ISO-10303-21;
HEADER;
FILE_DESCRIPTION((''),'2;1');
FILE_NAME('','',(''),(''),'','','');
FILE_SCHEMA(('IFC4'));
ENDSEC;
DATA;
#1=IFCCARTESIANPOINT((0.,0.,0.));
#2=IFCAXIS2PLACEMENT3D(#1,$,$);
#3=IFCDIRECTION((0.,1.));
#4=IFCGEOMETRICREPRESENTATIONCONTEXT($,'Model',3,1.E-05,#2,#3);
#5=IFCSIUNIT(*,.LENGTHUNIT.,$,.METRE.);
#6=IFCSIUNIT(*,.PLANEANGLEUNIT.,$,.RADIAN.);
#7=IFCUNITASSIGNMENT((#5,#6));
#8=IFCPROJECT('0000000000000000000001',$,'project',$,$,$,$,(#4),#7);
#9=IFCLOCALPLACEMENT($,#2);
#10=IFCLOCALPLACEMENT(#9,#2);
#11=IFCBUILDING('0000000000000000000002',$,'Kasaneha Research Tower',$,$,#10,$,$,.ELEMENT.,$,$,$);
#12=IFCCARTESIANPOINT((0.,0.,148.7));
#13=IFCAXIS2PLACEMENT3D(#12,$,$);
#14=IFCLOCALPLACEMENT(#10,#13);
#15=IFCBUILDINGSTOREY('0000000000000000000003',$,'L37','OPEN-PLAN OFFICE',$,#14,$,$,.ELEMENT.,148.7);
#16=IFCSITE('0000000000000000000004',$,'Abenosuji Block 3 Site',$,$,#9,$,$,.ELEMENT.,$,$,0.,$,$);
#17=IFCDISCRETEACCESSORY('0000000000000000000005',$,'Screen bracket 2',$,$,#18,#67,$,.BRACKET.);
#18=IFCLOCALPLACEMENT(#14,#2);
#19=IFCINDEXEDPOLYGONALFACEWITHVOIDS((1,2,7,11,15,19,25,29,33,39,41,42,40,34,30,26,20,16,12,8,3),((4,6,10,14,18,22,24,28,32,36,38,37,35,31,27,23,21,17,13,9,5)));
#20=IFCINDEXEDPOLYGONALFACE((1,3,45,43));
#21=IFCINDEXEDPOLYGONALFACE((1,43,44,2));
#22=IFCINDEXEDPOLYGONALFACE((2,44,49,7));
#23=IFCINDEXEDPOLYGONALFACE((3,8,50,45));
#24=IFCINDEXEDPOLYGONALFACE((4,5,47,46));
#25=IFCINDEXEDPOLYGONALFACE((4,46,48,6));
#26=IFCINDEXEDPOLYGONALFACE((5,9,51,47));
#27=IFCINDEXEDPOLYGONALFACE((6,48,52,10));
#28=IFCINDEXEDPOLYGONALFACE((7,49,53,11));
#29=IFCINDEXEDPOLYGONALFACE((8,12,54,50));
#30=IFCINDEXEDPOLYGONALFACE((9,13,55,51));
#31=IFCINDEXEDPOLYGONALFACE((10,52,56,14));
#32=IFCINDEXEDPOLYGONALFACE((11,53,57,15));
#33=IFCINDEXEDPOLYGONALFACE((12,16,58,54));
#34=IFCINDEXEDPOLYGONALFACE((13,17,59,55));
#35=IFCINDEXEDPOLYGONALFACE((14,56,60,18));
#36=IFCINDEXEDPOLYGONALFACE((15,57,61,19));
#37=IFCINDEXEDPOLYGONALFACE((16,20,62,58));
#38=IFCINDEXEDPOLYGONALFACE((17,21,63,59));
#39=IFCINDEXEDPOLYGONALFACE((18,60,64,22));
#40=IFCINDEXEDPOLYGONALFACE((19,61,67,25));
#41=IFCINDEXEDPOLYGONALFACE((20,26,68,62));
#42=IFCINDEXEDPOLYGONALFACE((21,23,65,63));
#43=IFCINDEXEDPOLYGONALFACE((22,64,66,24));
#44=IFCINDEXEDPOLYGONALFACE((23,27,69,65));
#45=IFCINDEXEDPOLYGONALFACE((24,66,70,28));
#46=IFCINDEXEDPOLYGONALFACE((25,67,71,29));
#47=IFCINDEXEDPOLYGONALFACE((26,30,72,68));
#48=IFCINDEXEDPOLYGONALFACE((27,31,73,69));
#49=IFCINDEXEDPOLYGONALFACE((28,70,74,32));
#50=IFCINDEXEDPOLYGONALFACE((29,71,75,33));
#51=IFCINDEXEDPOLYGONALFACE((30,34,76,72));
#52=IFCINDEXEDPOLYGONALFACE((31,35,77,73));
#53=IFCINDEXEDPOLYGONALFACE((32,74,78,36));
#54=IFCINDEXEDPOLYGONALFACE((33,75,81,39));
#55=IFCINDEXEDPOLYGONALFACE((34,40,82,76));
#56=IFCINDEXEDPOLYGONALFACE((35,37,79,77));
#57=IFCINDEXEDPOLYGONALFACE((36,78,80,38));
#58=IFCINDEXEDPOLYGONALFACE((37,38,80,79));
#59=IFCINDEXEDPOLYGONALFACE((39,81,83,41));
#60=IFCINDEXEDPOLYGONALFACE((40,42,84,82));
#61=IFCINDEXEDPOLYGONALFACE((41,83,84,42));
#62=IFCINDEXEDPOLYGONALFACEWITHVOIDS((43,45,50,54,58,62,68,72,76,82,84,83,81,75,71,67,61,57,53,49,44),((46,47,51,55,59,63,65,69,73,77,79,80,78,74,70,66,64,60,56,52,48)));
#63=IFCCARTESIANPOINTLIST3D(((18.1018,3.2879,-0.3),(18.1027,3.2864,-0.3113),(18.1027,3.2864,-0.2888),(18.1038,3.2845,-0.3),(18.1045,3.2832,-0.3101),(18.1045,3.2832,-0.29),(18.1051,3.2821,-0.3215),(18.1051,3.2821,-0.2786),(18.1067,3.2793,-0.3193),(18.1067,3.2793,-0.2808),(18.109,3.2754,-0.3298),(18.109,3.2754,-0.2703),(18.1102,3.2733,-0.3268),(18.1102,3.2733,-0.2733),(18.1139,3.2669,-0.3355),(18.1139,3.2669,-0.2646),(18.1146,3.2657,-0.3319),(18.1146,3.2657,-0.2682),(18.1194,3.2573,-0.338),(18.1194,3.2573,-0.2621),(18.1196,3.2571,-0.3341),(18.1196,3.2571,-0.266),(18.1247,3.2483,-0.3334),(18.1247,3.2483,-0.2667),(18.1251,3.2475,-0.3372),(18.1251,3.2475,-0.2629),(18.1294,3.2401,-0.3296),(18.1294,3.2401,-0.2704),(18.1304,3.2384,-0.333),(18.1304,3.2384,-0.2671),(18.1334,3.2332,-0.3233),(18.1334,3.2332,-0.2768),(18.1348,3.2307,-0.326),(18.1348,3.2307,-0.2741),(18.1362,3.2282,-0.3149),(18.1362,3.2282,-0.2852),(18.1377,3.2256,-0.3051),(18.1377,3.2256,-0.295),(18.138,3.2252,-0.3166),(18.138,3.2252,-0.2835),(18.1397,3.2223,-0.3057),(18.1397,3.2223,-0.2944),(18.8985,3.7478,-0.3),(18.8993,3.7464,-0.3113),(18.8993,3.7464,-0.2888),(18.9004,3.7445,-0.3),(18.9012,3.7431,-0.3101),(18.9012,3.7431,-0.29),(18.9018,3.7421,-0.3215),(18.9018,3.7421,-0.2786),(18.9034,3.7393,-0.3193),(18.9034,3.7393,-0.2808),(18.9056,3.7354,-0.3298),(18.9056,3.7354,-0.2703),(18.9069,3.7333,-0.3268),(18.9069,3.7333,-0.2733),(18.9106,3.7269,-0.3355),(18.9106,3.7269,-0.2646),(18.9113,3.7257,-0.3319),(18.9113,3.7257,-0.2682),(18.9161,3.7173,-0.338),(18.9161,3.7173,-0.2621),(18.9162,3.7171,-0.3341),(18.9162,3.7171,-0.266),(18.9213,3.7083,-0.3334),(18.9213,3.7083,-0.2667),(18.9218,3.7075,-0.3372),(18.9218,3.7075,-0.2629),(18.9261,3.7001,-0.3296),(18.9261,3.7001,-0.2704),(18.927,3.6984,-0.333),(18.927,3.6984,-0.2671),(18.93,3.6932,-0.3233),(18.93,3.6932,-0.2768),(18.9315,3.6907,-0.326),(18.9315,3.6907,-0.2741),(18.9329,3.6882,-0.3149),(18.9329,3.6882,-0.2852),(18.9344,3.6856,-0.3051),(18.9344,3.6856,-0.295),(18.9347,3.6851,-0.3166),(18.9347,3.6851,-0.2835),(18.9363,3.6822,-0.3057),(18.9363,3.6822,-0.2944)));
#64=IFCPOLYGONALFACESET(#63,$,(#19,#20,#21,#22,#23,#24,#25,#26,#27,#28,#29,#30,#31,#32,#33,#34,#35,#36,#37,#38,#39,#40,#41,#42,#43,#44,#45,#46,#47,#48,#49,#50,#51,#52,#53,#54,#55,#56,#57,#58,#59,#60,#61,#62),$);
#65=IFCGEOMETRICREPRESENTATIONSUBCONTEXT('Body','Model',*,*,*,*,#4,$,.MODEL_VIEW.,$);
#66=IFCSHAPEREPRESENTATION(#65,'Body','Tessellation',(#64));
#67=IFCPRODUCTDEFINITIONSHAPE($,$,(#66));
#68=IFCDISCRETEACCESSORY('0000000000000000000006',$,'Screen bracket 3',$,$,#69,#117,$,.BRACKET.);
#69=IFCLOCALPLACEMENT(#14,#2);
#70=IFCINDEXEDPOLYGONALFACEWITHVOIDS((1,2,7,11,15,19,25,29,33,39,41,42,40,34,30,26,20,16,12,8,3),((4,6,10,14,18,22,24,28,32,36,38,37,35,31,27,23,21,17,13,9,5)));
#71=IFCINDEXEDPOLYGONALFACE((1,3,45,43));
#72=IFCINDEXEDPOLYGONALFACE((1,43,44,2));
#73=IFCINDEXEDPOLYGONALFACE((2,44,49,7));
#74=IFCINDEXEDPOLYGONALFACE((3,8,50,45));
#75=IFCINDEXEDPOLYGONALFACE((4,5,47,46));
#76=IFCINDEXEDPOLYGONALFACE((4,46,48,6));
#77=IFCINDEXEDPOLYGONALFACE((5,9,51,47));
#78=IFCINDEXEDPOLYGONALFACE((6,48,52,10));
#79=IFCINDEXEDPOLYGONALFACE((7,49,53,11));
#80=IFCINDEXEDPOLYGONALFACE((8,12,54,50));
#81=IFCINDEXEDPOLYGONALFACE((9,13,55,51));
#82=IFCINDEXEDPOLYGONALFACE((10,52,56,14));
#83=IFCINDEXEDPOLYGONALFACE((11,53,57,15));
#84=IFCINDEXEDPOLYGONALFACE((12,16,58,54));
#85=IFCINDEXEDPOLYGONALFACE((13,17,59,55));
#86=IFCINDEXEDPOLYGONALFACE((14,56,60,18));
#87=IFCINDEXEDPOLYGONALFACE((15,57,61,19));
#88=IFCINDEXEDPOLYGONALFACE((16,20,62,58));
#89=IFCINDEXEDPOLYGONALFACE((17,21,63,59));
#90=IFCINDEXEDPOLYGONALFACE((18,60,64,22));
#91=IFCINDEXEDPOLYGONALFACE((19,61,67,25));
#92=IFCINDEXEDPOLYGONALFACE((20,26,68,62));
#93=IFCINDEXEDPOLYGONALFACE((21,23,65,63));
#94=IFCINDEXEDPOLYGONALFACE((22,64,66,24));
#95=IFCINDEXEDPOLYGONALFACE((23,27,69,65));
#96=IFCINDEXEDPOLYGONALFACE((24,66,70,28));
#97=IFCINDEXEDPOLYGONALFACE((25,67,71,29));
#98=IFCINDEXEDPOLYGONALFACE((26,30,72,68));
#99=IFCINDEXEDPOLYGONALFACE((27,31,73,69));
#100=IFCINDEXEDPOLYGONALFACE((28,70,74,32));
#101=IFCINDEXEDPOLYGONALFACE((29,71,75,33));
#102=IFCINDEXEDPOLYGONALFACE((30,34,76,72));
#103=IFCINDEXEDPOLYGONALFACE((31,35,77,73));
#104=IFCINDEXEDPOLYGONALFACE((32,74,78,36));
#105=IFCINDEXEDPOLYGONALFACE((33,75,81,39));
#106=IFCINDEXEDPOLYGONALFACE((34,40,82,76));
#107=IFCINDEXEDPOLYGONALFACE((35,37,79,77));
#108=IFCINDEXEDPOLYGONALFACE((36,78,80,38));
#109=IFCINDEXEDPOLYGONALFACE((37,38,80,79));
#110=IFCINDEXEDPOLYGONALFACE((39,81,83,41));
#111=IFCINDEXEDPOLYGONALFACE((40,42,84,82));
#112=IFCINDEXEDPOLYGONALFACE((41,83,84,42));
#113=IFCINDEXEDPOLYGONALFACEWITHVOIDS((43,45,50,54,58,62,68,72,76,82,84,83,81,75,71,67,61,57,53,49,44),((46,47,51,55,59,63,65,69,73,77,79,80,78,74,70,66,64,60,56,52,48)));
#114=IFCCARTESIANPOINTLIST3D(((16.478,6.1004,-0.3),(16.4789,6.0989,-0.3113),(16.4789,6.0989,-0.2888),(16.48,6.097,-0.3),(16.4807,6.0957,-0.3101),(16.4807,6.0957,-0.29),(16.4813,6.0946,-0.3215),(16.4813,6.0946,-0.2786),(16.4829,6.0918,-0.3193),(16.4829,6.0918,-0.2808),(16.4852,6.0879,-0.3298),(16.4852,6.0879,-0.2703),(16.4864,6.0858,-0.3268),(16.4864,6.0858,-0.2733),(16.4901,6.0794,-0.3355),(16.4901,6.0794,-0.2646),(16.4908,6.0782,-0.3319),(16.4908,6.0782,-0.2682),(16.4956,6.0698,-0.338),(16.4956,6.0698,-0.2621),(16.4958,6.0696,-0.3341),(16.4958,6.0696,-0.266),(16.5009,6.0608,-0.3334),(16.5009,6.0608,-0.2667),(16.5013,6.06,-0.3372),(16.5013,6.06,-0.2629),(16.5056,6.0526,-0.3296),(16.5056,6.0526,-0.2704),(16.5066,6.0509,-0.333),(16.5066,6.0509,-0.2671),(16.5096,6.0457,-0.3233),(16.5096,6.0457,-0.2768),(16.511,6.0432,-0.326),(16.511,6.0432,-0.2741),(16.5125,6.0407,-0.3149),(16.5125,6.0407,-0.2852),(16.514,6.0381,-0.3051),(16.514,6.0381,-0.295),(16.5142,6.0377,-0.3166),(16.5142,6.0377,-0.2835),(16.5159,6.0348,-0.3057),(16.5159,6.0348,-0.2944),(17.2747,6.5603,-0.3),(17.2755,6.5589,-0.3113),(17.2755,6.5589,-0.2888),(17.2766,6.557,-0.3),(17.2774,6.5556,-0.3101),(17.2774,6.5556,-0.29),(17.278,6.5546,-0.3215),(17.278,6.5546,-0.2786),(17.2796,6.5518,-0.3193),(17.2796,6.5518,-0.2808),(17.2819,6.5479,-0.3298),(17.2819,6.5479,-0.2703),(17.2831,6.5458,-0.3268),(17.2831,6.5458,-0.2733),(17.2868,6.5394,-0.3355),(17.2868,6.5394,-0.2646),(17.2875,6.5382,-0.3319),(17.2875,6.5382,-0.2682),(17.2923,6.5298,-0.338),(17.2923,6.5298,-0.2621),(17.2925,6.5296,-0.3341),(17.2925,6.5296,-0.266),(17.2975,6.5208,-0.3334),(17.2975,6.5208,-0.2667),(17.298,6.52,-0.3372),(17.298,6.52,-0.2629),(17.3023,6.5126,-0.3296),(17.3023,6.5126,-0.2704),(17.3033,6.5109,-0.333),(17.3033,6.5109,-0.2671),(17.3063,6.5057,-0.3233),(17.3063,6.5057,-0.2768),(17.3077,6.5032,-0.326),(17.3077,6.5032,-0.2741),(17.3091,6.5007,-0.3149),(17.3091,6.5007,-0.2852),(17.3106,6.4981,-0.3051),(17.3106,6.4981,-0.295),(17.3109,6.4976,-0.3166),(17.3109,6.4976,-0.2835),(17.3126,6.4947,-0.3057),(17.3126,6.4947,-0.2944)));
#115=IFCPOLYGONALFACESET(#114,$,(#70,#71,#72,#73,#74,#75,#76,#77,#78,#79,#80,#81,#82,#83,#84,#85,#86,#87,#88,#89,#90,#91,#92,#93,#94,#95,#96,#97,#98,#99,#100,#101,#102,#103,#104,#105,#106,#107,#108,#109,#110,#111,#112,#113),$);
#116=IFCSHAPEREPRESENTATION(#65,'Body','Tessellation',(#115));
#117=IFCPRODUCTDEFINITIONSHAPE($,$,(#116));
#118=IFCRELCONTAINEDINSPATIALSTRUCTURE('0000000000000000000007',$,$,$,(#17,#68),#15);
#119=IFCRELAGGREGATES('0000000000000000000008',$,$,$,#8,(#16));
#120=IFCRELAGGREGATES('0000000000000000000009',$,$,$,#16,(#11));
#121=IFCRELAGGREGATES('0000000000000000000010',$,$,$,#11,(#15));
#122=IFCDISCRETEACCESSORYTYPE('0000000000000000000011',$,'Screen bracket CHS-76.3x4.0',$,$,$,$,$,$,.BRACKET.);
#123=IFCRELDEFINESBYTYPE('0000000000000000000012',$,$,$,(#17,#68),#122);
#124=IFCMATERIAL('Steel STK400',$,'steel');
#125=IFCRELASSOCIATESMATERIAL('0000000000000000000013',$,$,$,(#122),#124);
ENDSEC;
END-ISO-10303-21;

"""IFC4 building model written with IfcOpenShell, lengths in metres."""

from ifc_helpers import new_model, si_unit, direction, frame, origin, origin_2d, place, context, subcontext, project, spatial, hollow_circle, extrude, material, material_profile, profile_set, type_object, element, save


model = new_model("IFC4")

# Units and contexts
model_context = context("Model", 3, precision=1e-05, world=origin(), true_north=direction((0.0, 1.0)))
body_context = subcontext(model_context, "Body", "Model", "MODEL_VIEW")
ifc_project = project(units=[si_unit("LENGTHUNIT", "METRE"), si_unit("PLANEANGLEUNIT", "RADIAN")], contexts=[model_context])

# Site, building, storey
site_placement = place(None, origin())
site = spatial("IfcSite", under=ifc_project, at=site_placement, Name="Abenosuji Block 3 Site", CompositionType="ELEMENT", RefElevation=0.0)
building_placement = place(site_placement, origin())
building = spatial("IfcBuilding", under=site, at=building_placement, Name="Kasaneha Research Tower", CompositionType="ELEMENT")
storey_placement = place(building_placement, frame((0.0, 0.0, 148.7)))
storey = spatial("IfcBuildingStorey", under=building, at=storey_placement, Name="L37", Description="OPEN-PLAN OFFICE", CompositionType="ELEMENT", Elevation=148.7)

# Discrete accessories
ifc_material_1 = material(Name="Steel STK400", Category="steel")
ifc_material_profile_1 = material_profile(ifc_material_1, hollow_circle(Radius=0.0381, WallThickness=0.0039, at=origin_2d()), Name="CHS-76.3x4.0")
ifc_profile_set_1 = profile_set([ifc_material_profile_1], Name="Steel STK400")
discrete_accessory_type = type_object("IfcDiscreteAccessoryType", Name="Screen bracket CHS-76.3x4.0", PredefinedType="BRACKET", material=ifc_profile_set_1)
for number, where, z_axis, x_axis, name in (
    (1, (18.1208, 3.2549, -0.3), (0.866013, 0.500021, 0.0), (-0.500021, 0.866013, 0.0), "Screen bracket 2"),
    (2, (16.4971, 6.0674, -0.3), (0.866013, 0.500021, 0.0), (-0.500021, 0.866013, 0.0), "Screen bracket 3"),
):
    element("IfcDiscreteAccessory", number, at=place(storey_placement, frame(where, z_axis=z_axis, x_axis=x_axis)), inside=storey, type_object=discrete_accessory_type, Name=name, PredefinedType="BRACKET", context=body_context, shape_type="SweptSolid", body=[
        extrude(hollow_circle(Radius=0.0381, WallThickness=0.0039, at=origin_2d()), origin(), (0.0, 0.0, 1.0), 0.9199),
    ])

save(model, "model.ifc")
